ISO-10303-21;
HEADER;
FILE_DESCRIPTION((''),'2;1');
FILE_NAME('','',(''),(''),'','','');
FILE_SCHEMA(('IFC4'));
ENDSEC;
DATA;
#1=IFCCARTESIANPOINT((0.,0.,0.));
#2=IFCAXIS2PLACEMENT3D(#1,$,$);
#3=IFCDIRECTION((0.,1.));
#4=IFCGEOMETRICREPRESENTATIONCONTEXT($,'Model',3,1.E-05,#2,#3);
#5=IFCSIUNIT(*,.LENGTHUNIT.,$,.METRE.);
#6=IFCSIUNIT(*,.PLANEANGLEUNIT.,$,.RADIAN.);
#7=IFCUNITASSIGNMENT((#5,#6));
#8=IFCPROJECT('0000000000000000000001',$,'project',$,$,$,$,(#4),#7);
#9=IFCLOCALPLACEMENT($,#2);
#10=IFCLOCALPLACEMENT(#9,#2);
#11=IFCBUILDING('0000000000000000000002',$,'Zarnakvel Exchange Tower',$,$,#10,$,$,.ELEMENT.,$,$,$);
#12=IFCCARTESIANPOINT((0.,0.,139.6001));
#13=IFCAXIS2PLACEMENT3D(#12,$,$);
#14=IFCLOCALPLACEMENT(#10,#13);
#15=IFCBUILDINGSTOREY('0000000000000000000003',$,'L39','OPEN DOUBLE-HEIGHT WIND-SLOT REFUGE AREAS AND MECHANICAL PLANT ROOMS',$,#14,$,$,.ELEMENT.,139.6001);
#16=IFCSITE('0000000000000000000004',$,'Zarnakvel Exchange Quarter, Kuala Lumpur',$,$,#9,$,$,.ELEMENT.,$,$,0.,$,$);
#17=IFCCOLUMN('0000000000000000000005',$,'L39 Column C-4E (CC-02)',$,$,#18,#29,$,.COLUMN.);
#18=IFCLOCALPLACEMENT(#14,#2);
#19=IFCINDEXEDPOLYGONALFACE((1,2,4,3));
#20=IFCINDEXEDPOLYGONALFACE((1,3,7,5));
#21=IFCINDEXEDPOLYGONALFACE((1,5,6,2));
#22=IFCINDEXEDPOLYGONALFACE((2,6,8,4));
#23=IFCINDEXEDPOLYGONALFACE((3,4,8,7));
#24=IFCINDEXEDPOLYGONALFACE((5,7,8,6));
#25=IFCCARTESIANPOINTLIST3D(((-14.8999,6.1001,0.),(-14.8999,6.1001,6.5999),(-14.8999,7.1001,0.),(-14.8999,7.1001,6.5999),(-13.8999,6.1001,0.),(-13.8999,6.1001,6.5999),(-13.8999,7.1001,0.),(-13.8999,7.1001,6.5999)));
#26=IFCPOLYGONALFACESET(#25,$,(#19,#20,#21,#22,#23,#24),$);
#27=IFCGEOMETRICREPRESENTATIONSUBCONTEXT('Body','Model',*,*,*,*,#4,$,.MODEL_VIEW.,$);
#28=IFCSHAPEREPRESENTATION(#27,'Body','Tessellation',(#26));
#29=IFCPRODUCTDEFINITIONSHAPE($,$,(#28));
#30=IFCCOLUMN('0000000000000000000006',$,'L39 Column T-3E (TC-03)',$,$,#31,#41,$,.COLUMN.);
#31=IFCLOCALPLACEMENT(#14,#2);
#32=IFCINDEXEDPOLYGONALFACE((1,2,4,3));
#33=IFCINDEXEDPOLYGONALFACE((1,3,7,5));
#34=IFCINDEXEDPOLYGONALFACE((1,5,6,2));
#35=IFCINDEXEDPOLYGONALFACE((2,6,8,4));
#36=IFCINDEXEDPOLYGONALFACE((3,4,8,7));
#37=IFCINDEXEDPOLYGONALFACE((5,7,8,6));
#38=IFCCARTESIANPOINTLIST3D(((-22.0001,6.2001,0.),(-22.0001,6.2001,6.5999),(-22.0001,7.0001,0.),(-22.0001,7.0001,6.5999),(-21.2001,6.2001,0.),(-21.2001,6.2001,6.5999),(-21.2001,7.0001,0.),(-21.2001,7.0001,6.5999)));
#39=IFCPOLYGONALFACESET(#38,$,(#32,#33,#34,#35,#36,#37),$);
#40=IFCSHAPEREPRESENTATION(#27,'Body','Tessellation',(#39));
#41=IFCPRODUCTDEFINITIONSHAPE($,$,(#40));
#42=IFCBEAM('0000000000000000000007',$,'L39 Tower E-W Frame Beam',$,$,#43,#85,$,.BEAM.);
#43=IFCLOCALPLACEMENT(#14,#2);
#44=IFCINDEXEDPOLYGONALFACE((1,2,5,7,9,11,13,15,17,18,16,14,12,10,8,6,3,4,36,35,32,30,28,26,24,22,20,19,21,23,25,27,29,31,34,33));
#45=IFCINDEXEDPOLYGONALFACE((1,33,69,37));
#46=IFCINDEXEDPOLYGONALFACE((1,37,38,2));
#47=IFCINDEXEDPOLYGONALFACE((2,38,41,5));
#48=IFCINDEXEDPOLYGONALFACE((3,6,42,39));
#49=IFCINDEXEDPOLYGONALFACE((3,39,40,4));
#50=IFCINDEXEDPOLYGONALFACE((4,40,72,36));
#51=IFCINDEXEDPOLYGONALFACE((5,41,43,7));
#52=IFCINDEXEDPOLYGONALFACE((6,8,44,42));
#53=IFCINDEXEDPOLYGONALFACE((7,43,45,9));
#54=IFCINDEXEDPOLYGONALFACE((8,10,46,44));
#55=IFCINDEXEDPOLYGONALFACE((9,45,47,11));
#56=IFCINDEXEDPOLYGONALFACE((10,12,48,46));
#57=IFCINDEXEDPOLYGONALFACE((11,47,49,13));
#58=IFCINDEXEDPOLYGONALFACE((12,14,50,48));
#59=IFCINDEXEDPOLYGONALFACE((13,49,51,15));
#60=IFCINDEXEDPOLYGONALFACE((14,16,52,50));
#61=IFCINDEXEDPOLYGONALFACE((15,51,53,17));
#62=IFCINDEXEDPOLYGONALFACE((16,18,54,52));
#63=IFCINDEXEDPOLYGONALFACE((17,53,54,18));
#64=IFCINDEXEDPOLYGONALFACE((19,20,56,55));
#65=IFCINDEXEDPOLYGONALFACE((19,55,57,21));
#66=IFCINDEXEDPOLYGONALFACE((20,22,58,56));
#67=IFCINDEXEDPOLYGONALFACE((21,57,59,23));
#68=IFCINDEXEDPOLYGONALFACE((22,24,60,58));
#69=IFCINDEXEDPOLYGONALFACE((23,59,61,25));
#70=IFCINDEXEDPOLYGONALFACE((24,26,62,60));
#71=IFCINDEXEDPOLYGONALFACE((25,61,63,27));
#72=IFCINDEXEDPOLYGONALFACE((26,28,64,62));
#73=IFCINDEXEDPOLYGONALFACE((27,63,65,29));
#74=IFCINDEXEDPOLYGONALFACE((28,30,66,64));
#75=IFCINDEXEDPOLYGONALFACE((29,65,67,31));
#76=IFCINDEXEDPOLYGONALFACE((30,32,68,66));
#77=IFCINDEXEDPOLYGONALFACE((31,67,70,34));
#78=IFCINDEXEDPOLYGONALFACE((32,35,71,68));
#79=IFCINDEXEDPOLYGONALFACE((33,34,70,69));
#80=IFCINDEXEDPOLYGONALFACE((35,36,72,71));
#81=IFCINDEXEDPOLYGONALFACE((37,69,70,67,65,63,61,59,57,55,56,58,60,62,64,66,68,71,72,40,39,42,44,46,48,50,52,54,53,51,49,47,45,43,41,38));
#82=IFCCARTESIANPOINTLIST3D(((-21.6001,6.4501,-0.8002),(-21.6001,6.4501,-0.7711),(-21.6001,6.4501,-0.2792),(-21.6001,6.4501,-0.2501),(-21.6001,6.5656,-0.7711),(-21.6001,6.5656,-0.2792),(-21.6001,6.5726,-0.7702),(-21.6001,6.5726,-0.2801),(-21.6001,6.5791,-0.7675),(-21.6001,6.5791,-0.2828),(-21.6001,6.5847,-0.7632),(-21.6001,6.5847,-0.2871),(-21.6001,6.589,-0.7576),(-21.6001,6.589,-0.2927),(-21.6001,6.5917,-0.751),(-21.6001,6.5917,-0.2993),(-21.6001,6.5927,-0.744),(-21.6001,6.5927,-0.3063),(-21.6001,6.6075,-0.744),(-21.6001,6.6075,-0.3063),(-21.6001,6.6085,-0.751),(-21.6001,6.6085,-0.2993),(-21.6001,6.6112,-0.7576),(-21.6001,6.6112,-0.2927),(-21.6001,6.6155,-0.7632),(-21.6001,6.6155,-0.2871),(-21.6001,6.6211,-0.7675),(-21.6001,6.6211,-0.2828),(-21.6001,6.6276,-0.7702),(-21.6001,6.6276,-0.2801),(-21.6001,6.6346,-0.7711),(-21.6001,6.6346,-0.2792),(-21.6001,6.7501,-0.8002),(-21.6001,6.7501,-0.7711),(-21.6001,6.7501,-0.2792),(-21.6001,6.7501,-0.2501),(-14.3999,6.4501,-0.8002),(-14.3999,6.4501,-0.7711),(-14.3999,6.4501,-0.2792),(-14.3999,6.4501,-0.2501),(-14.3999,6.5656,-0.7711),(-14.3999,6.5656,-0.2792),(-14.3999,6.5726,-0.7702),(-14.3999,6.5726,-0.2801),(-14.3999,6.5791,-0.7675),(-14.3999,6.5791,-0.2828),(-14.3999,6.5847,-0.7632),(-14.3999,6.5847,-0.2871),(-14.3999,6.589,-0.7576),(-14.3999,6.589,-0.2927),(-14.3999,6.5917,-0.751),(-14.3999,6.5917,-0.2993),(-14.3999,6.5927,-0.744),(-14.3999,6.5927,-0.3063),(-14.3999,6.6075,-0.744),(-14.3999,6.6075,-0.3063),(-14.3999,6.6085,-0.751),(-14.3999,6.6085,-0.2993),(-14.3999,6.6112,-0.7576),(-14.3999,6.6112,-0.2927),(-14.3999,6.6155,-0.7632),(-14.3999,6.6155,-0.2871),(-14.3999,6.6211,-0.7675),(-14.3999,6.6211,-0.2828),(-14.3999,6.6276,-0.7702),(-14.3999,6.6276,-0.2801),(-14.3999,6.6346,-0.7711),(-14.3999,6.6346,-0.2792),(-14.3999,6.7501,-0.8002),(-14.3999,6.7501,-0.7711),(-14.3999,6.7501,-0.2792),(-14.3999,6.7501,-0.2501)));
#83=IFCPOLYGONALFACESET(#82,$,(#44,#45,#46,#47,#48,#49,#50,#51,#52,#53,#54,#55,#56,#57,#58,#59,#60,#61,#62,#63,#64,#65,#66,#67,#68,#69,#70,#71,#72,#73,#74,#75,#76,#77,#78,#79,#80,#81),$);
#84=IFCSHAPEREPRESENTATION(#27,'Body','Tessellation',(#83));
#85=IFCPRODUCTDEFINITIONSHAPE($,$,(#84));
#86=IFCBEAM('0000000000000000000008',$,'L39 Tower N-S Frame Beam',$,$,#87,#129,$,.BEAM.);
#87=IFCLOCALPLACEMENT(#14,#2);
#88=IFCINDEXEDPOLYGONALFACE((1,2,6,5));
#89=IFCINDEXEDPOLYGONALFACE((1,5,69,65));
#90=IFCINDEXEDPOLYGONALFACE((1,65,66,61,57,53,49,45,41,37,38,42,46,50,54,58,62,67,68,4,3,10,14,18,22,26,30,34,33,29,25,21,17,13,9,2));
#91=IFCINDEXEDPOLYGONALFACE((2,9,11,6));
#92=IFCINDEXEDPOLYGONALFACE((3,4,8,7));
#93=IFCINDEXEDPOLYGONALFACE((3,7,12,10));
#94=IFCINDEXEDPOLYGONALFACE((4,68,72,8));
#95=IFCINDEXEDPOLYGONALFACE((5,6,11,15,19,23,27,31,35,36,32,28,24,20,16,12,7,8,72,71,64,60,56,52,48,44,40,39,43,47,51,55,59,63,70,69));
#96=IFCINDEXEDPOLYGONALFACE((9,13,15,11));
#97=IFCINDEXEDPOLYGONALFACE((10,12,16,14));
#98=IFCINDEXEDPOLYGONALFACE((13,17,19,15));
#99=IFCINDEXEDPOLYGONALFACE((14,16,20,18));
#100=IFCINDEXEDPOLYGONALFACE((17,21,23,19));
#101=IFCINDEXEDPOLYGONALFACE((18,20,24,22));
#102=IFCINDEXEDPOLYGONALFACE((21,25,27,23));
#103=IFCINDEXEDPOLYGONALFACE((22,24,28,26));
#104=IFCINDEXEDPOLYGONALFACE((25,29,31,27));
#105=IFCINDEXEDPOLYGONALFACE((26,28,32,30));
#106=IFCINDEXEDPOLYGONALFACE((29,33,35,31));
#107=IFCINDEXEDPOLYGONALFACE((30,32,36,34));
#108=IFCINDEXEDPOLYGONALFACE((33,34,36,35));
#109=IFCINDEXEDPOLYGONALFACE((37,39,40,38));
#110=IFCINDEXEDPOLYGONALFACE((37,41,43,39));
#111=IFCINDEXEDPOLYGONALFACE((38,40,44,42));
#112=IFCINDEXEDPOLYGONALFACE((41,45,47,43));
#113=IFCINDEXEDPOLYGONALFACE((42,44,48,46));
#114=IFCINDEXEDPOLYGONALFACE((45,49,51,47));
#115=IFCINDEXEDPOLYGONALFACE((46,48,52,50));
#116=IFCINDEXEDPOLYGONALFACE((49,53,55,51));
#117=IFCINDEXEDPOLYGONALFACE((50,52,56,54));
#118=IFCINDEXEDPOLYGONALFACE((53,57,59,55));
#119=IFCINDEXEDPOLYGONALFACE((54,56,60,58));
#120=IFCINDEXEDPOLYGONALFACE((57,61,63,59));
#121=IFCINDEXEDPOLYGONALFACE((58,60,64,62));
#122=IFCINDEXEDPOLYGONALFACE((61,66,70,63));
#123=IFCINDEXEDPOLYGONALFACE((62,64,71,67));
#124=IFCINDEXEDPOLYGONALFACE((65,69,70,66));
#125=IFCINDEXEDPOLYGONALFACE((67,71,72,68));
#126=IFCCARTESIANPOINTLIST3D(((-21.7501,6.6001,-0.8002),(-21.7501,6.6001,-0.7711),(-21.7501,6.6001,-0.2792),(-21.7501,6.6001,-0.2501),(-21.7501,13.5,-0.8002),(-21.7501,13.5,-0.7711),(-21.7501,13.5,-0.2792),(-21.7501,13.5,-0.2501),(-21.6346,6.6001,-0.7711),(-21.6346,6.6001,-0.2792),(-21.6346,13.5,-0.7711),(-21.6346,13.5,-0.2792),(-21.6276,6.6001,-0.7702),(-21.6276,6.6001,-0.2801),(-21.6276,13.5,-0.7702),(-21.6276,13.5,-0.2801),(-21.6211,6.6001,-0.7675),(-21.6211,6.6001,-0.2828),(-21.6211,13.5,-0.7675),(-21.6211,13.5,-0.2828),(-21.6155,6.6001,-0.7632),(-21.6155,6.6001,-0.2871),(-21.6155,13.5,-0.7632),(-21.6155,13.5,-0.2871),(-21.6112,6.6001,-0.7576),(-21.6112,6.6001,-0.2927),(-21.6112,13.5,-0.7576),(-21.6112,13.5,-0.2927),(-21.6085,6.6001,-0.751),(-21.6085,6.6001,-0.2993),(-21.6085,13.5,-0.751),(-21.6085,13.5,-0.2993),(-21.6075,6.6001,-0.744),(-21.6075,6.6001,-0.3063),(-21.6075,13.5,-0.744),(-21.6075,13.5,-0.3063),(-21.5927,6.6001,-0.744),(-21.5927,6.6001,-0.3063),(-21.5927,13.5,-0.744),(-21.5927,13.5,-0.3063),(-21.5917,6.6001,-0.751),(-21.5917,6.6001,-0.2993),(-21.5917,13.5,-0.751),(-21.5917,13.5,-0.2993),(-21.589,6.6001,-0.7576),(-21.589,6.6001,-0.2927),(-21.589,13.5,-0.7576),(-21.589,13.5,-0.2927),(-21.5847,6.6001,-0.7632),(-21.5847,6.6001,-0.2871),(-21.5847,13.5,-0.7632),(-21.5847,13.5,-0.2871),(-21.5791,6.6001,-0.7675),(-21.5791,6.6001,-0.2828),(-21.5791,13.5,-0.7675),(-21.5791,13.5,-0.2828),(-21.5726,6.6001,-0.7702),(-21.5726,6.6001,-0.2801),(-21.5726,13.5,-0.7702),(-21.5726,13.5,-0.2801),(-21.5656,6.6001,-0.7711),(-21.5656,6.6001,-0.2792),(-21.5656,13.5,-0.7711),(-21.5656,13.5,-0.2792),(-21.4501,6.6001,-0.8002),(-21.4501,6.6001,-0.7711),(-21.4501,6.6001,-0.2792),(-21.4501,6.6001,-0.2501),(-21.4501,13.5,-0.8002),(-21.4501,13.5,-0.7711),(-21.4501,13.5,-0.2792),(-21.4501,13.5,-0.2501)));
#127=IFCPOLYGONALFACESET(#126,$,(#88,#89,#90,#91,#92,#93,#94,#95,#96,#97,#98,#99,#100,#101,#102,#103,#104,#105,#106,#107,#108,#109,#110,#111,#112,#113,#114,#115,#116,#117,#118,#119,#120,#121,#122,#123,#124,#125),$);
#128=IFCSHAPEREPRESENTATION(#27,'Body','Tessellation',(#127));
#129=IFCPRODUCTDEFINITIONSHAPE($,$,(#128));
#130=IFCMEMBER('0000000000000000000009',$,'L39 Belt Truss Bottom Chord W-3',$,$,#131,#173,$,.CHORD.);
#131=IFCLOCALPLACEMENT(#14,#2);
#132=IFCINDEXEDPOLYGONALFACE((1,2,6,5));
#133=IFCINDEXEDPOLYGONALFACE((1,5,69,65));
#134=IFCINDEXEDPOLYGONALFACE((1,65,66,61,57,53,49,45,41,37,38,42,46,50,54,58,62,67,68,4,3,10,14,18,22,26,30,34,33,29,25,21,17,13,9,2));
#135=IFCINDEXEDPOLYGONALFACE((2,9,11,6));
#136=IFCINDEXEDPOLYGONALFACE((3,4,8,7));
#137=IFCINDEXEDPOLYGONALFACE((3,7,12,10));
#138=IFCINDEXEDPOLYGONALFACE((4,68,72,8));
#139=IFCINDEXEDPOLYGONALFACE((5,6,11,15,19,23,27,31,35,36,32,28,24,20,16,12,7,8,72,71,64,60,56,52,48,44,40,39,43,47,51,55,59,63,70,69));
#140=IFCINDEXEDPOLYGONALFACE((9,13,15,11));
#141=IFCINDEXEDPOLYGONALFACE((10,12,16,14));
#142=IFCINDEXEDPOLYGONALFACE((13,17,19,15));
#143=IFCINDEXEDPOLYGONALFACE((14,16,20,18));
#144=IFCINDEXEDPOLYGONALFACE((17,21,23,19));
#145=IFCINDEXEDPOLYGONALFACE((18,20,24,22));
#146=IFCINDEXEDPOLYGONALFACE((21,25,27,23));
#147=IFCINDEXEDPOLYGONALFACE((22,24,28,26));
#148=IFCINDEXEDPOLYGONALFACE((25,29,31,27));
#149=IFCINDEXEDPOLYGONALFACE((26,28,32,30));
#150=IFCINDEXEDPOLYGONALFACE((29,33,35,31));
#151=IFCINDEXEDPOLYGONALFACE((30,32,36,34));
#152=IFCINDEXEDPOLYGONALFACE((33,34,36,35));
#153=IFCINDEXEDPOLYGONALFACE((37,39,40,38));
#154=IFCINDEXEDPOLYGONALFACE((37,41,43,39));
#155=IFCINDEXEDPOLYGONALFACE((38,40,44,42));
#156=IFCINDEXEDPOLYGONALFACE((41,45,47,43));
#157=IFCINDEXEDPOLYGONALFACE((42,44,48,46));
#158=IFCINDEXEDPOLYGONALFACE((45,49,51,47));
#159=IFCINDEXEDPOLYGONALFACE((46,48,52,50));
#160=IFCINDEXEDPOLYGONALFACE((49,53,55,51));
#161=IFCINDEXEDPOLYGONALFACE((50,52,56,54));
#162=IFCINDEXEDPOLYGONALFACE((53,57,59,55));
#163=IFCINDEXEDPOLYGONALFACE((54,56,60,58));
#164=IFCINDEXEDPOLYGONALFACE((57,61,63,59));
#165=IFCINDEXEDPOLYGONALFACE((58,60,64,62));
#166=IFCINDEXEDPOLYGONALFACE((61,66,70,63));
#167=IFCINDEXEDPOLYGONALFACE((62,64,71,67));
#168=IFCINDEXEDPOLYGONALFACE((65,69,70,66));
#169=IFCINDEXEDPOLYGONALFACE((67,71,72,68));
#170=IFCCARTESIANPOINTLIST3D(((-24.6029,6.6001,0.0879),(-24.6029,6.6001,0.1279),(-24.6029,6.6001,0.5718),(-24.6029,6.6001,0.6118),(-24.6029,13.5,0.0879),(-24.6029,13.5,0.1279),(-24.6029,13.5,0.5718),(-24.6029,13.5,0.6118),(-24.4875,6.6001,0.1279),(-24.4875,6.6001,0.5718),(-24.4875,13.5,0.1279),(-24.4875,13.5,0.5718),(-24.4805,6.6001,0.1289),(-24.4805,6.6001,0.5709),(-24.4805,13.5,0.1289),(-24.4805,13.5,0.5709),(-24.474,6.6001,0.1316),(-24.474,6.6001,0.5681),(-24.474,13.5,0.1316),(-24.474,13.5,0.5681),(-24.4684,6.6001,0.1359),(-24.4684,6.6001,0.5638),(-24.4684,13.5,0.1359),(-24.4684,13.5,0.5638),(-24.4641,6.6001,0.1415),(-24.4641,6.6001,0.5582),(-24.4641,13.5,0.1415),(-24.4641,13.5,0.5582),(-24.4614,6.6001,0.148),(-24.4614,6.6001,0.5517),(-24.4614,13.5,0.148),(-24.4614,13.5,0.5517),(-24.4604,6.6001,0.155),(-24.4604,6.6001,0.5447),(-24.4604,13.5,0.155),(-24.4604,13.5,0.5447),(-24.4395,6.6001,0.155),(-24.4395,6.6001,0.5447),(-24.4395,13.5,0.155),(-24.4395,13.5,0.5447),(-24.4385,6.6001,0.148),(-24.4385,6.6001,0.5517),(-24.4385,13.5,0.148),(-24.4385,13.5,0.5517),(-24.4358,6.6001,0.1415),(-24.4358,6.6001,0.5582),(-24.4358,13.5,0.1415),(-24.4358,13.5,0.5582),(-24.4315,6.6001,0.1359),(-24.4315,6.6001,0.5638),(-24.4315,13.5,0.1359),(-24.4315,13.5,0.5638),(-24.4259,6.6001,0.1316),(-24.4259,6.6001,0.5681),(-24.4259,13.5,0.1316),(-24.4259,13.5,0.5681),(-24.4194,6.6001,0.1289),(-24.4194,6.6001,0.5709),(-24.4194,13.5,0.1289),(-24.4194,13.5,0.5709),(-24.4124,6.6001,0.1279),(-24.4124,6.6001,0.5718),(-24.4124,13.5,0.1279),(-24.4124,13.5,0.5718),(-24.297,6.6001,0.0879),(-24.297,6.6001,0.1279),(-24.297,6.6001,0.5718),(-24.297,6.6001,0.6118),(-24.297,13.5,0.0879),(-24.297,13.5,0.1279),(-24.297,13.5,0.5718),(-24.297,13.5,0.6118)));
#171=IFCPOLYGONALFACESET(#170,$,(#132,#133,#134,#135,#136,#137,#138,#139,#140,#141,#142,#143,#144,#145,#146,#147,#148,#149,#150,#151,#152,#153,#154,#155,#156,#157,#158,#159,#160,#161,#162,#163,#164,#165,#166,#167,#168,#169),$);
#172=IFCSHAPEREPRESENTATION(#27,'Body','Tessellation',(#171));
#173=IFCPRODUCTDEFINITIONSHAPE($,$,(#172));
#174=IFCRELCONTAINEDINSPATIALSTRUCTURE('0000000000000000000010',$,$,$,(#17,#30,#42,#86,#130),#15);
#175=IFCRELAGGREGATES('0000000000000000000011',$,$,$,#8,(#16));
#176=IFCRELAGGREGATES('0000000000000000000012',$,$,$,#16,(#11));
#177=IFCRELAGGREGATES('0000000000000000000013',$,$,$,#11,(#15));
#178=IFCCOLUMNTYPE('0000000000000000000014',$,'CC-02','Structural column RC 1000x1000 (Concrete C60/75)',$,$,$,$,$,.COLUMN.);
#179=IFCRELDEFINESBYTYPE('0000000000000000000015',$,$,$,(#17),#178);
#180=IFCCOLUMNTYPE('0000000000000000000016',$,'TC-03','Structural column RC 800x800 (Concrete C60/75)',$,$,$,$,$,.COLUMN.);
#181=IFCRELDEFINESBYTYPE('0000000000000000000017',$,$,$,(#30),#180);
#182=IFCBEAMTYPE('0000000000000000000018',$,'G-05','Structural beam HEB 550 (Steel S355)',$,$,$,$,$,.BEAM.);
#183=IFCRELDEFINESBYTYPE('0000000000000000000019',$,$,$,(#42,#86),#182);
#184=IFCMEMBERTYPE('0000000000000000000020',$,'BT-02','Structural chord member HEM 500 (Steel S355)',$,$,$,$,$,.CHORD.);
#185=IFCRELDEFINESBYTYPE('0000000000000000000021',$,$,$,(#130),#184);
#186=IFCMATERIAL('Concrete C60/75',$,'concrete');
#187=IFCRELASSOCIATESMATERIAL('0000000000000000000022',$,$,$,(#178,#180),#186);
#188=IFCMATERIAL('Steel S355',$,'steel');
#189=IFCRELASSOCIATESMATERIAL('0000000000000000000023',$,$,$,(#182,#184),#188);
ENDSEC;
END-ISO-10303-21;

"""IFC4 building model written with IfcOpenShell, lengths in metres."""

from ifc_helpers import new_model, si_unit, direction, frame, origin, origin_2d, place, context, subcontext, project, spatial, rectangle, i_section, extrude, source, transform, mapped, material, material_profile, profile_set, type_object, element, save


model = new_model("IFC4")

# Units and contexts
model_context = context("Model", 3, precision=1e-05, world=origin(), true_north=direction((0.0, 1.0)))
body_context = subcontext(model_context, "Body", "Model", "MODEL_VIEW")
ifc_project = project(units=[si_unit("LENGTHUNIT", "METRE"), si_unit("PLANEANGLEUNIT", "RADIAN")], contexts=[model_context])

# Site, building, storey
site_placement = place(None, origin())
site = spatial("IfcSite", under=ifc_project, at=site_placement, Name="Zarnakvel Exchange Quarter, Kuala Lumpur", CompositionType="ELEMENT", RefElevation=0.0)
building_placement = place(site_placement, origin())
building = spatial("IfcBuilding", under=site, at=building_placement, Name="Zarnakvel Exchange Tower", CompositionType="ELEMENT")
storey_placement = place(building_placement, frame((0.0, 0.0, 139.6001)))
storey = spatial("IfcBuildingStorey", under=building, at=storey_placement, Name="L39", Description="OPEN DOUBLE-HEIGHT WIND-SLOT REFUGE AREAS AND MECHANICAL PLANT ROOMS", CompositionType="ELEMENT", Elevation=139.6001)

# Columns
ifc_material_1 = material(Name="Concrete C60/75", Category="concrete")
ifc_material_profile_1 = material_profile(ifc_material_1, rectangle(XDim=1.0, YDim=1.0, at=origin_2d()))
ifc_profile_set_1 = profile_set([ifc_material_profile_1], Name="Concrete C60/75")
column_type_1 = type_object("IfcColumnType", Name="CC-02", Description="Structural column RC 1000x1000 (Concrete C60/75)", PredefinedType="COLUMN", material=ifc_profile_set_1)
column_1_placement = place(storey_placement, frame((-14.3999, 6.6001, 0.0), z_axis=(0.0, 0.0, 1.0), x_axis=(1.0, 0.0, 0.0)))
element("IfcColumn", 1, at=column_1_placement, inside=storey, type_object=column_type_1, Name="L39 Column C-4E (CC-02)", PredefinedType="COLUMN", context=body_context, shape_type="SweptSolid", body=[
    extrude(rectangle(XDim=1.0, YDim=1.0, at=origin_2d()), origin(), (0.0, 0.0, 1.0), 6.5999),
])
ifc_material_profile_2 = material_profile(ifc_material_1, rectangle(XDim=0.8, YDim=0.8, at=origin_2d()))
ifc_profile_set_2 = profile_set([ifc_material_profile_2], Name="Concrete C60/75")
column_type_2 = type_object("IfcColumnType", Name="TC-03", Description="Structural column RC 800x800 (Concrete C60/75)", PredefinedType="COLUMN", material=ifc_profile_set_2)
column_2_placement = place(storey_placement, frame((-21.6001, 6.6001, 0.0), z_axis=(0.0, 0.0, 1.0), x_axis=(1.0, 0.0, 0.0)))
element("IfcColumn", 2, at=column_2_placement, inside=storey, type_object=column_type_2, Name="L39 Column T-3E (TC-03)", PredefinedType="COLUMN", context=body_context, shape_type="SweptSolid", body=[
    extrude(rectangle(XDim=0.8, YDim=0.8, at=origin_2d()), origin(), (0.0, 0.0, 1.0), 6.5999),
])

# Beams
ifc_material_2 = material(Name="Steel S355", Category="steel")
ifc_material_profile_3 = material_profile(ifc_material_2, i_section(OverallWidth=0.3, OverallDepth=0.55, WebThickness=0.0149, FlangeThickness=0.0291, FilletRadius=0.0271, at=origin_2d()))
ifc_profile_set_3 = profile_set([ifc_material_profile_3], Name="Steel S355")
beam_type = type_object("IfcBeamType", Name="G-05", Description="Structural beam HEB 550 (Steel S355)", PredefinedType="BEAM", material=ifc_profile_set_3)
beam_1_placement = place(storey_placement, frame((-21.6001, 6.6001, -0.5251), z_axis=(1.0, 0.0, 0.0), x_axis=(0.0, 1.0, 0.0)))
element("IfcBeam", 3, at=beam_1_placement, inside=storey, type_object=beam_type, Name="L39 Tower E-W Frame Beam", PredefinedType="BEAM", context=body_context, shape_type="SweptSolid", body=[
    extrude(i_section(OverallWidth=0.3, OverallDepth=0.55, WebThickness=0.0149, FlangeThickness=0.0291, FilletRadius=0.0271, at=origin_2d()), origin(), (0.0, 0.0, 1.0), 7.2002),
])
beam_2_placement = place(storey_placement, frame((-21.6001, 6.6001, -0.5251), z_axis=(0.0, 1.0, 0.0), x_axis=(-1.0, 0.0, 0.0)))
element("IfcBeam", 4, at=beam_2_placement, inside=storey, type_object=beam_type, Name="L39 Tower N-S Frame Beam", PredefinedType="BEAM", context=body_context, shape_type="SweptSolid", body=[
    extrude(i_section(OverallWidth=0.3, OverallDepth=0.55, WebThickness=0.0149, FlangeThickness=0.0291, FilletRadius=0.0271, at=origin_2d()), origin(), (0.0, 0.0, 1.0), 6.8999),
])

# Member
ifc_material_profile_4 = material_profile(ifc_material_2, i_section(OverallWidth=0.3059, OverallDepth=0.5239, WebThickness=0.021, FlangeThickness=0.04, FilletRadius=0.0271, at=origin_2d()))
ifc_profile_set_4 = profile_set([ifc_material_profile_4], Name="Steel S355")
member_type_1 = type_object("IfcMemberType", Name="BT-02", Description="Structural chord member HEM 500 (Steel S355)", PredefinedType="CHORD", material=ifc_profile_set_4)
shared_shape_1 = source(origin(), body_context, "Body", "SweptSolid", [
    extrude(i_section(OverallWidth=0.3059, OverallDepth=0.5239, WebThickness=0.021, FlangeThickness=0.04, FilletRadius=0.0271, at=origin_2d()), origin(), (0.0, 0.0, 1.0), 6.8999),
])
for number, where, z_axis, x_axis, name in (
    (5, (-24.45, 6.6001, 0.3499), (0.0, 1.0, 0.0), (-1.0, 0.0, 0.0), "L39 Belt Truss Bottom Chord W-3"),
):
    element("IfcMember", number, at=place(storey_placement, frame(where, z_axis=z_axis, x_axis=x_axis)), inside=storey, type_object=member_type_1, Name=name, PredefinedType="CHORD", context=body_context, shape_type="MappedRepresentation", body=[
        mapped(shared_shape_1, transform((0.0, 0.0, 0.0), x_axis=(1.0, 0.0, 0.0), y_axis=(0.0, 1.0, 0.0), z_axis=(0.0, 0.0, 1.0), scale=1.0)),
    ])

save(model, "model.ifc")
